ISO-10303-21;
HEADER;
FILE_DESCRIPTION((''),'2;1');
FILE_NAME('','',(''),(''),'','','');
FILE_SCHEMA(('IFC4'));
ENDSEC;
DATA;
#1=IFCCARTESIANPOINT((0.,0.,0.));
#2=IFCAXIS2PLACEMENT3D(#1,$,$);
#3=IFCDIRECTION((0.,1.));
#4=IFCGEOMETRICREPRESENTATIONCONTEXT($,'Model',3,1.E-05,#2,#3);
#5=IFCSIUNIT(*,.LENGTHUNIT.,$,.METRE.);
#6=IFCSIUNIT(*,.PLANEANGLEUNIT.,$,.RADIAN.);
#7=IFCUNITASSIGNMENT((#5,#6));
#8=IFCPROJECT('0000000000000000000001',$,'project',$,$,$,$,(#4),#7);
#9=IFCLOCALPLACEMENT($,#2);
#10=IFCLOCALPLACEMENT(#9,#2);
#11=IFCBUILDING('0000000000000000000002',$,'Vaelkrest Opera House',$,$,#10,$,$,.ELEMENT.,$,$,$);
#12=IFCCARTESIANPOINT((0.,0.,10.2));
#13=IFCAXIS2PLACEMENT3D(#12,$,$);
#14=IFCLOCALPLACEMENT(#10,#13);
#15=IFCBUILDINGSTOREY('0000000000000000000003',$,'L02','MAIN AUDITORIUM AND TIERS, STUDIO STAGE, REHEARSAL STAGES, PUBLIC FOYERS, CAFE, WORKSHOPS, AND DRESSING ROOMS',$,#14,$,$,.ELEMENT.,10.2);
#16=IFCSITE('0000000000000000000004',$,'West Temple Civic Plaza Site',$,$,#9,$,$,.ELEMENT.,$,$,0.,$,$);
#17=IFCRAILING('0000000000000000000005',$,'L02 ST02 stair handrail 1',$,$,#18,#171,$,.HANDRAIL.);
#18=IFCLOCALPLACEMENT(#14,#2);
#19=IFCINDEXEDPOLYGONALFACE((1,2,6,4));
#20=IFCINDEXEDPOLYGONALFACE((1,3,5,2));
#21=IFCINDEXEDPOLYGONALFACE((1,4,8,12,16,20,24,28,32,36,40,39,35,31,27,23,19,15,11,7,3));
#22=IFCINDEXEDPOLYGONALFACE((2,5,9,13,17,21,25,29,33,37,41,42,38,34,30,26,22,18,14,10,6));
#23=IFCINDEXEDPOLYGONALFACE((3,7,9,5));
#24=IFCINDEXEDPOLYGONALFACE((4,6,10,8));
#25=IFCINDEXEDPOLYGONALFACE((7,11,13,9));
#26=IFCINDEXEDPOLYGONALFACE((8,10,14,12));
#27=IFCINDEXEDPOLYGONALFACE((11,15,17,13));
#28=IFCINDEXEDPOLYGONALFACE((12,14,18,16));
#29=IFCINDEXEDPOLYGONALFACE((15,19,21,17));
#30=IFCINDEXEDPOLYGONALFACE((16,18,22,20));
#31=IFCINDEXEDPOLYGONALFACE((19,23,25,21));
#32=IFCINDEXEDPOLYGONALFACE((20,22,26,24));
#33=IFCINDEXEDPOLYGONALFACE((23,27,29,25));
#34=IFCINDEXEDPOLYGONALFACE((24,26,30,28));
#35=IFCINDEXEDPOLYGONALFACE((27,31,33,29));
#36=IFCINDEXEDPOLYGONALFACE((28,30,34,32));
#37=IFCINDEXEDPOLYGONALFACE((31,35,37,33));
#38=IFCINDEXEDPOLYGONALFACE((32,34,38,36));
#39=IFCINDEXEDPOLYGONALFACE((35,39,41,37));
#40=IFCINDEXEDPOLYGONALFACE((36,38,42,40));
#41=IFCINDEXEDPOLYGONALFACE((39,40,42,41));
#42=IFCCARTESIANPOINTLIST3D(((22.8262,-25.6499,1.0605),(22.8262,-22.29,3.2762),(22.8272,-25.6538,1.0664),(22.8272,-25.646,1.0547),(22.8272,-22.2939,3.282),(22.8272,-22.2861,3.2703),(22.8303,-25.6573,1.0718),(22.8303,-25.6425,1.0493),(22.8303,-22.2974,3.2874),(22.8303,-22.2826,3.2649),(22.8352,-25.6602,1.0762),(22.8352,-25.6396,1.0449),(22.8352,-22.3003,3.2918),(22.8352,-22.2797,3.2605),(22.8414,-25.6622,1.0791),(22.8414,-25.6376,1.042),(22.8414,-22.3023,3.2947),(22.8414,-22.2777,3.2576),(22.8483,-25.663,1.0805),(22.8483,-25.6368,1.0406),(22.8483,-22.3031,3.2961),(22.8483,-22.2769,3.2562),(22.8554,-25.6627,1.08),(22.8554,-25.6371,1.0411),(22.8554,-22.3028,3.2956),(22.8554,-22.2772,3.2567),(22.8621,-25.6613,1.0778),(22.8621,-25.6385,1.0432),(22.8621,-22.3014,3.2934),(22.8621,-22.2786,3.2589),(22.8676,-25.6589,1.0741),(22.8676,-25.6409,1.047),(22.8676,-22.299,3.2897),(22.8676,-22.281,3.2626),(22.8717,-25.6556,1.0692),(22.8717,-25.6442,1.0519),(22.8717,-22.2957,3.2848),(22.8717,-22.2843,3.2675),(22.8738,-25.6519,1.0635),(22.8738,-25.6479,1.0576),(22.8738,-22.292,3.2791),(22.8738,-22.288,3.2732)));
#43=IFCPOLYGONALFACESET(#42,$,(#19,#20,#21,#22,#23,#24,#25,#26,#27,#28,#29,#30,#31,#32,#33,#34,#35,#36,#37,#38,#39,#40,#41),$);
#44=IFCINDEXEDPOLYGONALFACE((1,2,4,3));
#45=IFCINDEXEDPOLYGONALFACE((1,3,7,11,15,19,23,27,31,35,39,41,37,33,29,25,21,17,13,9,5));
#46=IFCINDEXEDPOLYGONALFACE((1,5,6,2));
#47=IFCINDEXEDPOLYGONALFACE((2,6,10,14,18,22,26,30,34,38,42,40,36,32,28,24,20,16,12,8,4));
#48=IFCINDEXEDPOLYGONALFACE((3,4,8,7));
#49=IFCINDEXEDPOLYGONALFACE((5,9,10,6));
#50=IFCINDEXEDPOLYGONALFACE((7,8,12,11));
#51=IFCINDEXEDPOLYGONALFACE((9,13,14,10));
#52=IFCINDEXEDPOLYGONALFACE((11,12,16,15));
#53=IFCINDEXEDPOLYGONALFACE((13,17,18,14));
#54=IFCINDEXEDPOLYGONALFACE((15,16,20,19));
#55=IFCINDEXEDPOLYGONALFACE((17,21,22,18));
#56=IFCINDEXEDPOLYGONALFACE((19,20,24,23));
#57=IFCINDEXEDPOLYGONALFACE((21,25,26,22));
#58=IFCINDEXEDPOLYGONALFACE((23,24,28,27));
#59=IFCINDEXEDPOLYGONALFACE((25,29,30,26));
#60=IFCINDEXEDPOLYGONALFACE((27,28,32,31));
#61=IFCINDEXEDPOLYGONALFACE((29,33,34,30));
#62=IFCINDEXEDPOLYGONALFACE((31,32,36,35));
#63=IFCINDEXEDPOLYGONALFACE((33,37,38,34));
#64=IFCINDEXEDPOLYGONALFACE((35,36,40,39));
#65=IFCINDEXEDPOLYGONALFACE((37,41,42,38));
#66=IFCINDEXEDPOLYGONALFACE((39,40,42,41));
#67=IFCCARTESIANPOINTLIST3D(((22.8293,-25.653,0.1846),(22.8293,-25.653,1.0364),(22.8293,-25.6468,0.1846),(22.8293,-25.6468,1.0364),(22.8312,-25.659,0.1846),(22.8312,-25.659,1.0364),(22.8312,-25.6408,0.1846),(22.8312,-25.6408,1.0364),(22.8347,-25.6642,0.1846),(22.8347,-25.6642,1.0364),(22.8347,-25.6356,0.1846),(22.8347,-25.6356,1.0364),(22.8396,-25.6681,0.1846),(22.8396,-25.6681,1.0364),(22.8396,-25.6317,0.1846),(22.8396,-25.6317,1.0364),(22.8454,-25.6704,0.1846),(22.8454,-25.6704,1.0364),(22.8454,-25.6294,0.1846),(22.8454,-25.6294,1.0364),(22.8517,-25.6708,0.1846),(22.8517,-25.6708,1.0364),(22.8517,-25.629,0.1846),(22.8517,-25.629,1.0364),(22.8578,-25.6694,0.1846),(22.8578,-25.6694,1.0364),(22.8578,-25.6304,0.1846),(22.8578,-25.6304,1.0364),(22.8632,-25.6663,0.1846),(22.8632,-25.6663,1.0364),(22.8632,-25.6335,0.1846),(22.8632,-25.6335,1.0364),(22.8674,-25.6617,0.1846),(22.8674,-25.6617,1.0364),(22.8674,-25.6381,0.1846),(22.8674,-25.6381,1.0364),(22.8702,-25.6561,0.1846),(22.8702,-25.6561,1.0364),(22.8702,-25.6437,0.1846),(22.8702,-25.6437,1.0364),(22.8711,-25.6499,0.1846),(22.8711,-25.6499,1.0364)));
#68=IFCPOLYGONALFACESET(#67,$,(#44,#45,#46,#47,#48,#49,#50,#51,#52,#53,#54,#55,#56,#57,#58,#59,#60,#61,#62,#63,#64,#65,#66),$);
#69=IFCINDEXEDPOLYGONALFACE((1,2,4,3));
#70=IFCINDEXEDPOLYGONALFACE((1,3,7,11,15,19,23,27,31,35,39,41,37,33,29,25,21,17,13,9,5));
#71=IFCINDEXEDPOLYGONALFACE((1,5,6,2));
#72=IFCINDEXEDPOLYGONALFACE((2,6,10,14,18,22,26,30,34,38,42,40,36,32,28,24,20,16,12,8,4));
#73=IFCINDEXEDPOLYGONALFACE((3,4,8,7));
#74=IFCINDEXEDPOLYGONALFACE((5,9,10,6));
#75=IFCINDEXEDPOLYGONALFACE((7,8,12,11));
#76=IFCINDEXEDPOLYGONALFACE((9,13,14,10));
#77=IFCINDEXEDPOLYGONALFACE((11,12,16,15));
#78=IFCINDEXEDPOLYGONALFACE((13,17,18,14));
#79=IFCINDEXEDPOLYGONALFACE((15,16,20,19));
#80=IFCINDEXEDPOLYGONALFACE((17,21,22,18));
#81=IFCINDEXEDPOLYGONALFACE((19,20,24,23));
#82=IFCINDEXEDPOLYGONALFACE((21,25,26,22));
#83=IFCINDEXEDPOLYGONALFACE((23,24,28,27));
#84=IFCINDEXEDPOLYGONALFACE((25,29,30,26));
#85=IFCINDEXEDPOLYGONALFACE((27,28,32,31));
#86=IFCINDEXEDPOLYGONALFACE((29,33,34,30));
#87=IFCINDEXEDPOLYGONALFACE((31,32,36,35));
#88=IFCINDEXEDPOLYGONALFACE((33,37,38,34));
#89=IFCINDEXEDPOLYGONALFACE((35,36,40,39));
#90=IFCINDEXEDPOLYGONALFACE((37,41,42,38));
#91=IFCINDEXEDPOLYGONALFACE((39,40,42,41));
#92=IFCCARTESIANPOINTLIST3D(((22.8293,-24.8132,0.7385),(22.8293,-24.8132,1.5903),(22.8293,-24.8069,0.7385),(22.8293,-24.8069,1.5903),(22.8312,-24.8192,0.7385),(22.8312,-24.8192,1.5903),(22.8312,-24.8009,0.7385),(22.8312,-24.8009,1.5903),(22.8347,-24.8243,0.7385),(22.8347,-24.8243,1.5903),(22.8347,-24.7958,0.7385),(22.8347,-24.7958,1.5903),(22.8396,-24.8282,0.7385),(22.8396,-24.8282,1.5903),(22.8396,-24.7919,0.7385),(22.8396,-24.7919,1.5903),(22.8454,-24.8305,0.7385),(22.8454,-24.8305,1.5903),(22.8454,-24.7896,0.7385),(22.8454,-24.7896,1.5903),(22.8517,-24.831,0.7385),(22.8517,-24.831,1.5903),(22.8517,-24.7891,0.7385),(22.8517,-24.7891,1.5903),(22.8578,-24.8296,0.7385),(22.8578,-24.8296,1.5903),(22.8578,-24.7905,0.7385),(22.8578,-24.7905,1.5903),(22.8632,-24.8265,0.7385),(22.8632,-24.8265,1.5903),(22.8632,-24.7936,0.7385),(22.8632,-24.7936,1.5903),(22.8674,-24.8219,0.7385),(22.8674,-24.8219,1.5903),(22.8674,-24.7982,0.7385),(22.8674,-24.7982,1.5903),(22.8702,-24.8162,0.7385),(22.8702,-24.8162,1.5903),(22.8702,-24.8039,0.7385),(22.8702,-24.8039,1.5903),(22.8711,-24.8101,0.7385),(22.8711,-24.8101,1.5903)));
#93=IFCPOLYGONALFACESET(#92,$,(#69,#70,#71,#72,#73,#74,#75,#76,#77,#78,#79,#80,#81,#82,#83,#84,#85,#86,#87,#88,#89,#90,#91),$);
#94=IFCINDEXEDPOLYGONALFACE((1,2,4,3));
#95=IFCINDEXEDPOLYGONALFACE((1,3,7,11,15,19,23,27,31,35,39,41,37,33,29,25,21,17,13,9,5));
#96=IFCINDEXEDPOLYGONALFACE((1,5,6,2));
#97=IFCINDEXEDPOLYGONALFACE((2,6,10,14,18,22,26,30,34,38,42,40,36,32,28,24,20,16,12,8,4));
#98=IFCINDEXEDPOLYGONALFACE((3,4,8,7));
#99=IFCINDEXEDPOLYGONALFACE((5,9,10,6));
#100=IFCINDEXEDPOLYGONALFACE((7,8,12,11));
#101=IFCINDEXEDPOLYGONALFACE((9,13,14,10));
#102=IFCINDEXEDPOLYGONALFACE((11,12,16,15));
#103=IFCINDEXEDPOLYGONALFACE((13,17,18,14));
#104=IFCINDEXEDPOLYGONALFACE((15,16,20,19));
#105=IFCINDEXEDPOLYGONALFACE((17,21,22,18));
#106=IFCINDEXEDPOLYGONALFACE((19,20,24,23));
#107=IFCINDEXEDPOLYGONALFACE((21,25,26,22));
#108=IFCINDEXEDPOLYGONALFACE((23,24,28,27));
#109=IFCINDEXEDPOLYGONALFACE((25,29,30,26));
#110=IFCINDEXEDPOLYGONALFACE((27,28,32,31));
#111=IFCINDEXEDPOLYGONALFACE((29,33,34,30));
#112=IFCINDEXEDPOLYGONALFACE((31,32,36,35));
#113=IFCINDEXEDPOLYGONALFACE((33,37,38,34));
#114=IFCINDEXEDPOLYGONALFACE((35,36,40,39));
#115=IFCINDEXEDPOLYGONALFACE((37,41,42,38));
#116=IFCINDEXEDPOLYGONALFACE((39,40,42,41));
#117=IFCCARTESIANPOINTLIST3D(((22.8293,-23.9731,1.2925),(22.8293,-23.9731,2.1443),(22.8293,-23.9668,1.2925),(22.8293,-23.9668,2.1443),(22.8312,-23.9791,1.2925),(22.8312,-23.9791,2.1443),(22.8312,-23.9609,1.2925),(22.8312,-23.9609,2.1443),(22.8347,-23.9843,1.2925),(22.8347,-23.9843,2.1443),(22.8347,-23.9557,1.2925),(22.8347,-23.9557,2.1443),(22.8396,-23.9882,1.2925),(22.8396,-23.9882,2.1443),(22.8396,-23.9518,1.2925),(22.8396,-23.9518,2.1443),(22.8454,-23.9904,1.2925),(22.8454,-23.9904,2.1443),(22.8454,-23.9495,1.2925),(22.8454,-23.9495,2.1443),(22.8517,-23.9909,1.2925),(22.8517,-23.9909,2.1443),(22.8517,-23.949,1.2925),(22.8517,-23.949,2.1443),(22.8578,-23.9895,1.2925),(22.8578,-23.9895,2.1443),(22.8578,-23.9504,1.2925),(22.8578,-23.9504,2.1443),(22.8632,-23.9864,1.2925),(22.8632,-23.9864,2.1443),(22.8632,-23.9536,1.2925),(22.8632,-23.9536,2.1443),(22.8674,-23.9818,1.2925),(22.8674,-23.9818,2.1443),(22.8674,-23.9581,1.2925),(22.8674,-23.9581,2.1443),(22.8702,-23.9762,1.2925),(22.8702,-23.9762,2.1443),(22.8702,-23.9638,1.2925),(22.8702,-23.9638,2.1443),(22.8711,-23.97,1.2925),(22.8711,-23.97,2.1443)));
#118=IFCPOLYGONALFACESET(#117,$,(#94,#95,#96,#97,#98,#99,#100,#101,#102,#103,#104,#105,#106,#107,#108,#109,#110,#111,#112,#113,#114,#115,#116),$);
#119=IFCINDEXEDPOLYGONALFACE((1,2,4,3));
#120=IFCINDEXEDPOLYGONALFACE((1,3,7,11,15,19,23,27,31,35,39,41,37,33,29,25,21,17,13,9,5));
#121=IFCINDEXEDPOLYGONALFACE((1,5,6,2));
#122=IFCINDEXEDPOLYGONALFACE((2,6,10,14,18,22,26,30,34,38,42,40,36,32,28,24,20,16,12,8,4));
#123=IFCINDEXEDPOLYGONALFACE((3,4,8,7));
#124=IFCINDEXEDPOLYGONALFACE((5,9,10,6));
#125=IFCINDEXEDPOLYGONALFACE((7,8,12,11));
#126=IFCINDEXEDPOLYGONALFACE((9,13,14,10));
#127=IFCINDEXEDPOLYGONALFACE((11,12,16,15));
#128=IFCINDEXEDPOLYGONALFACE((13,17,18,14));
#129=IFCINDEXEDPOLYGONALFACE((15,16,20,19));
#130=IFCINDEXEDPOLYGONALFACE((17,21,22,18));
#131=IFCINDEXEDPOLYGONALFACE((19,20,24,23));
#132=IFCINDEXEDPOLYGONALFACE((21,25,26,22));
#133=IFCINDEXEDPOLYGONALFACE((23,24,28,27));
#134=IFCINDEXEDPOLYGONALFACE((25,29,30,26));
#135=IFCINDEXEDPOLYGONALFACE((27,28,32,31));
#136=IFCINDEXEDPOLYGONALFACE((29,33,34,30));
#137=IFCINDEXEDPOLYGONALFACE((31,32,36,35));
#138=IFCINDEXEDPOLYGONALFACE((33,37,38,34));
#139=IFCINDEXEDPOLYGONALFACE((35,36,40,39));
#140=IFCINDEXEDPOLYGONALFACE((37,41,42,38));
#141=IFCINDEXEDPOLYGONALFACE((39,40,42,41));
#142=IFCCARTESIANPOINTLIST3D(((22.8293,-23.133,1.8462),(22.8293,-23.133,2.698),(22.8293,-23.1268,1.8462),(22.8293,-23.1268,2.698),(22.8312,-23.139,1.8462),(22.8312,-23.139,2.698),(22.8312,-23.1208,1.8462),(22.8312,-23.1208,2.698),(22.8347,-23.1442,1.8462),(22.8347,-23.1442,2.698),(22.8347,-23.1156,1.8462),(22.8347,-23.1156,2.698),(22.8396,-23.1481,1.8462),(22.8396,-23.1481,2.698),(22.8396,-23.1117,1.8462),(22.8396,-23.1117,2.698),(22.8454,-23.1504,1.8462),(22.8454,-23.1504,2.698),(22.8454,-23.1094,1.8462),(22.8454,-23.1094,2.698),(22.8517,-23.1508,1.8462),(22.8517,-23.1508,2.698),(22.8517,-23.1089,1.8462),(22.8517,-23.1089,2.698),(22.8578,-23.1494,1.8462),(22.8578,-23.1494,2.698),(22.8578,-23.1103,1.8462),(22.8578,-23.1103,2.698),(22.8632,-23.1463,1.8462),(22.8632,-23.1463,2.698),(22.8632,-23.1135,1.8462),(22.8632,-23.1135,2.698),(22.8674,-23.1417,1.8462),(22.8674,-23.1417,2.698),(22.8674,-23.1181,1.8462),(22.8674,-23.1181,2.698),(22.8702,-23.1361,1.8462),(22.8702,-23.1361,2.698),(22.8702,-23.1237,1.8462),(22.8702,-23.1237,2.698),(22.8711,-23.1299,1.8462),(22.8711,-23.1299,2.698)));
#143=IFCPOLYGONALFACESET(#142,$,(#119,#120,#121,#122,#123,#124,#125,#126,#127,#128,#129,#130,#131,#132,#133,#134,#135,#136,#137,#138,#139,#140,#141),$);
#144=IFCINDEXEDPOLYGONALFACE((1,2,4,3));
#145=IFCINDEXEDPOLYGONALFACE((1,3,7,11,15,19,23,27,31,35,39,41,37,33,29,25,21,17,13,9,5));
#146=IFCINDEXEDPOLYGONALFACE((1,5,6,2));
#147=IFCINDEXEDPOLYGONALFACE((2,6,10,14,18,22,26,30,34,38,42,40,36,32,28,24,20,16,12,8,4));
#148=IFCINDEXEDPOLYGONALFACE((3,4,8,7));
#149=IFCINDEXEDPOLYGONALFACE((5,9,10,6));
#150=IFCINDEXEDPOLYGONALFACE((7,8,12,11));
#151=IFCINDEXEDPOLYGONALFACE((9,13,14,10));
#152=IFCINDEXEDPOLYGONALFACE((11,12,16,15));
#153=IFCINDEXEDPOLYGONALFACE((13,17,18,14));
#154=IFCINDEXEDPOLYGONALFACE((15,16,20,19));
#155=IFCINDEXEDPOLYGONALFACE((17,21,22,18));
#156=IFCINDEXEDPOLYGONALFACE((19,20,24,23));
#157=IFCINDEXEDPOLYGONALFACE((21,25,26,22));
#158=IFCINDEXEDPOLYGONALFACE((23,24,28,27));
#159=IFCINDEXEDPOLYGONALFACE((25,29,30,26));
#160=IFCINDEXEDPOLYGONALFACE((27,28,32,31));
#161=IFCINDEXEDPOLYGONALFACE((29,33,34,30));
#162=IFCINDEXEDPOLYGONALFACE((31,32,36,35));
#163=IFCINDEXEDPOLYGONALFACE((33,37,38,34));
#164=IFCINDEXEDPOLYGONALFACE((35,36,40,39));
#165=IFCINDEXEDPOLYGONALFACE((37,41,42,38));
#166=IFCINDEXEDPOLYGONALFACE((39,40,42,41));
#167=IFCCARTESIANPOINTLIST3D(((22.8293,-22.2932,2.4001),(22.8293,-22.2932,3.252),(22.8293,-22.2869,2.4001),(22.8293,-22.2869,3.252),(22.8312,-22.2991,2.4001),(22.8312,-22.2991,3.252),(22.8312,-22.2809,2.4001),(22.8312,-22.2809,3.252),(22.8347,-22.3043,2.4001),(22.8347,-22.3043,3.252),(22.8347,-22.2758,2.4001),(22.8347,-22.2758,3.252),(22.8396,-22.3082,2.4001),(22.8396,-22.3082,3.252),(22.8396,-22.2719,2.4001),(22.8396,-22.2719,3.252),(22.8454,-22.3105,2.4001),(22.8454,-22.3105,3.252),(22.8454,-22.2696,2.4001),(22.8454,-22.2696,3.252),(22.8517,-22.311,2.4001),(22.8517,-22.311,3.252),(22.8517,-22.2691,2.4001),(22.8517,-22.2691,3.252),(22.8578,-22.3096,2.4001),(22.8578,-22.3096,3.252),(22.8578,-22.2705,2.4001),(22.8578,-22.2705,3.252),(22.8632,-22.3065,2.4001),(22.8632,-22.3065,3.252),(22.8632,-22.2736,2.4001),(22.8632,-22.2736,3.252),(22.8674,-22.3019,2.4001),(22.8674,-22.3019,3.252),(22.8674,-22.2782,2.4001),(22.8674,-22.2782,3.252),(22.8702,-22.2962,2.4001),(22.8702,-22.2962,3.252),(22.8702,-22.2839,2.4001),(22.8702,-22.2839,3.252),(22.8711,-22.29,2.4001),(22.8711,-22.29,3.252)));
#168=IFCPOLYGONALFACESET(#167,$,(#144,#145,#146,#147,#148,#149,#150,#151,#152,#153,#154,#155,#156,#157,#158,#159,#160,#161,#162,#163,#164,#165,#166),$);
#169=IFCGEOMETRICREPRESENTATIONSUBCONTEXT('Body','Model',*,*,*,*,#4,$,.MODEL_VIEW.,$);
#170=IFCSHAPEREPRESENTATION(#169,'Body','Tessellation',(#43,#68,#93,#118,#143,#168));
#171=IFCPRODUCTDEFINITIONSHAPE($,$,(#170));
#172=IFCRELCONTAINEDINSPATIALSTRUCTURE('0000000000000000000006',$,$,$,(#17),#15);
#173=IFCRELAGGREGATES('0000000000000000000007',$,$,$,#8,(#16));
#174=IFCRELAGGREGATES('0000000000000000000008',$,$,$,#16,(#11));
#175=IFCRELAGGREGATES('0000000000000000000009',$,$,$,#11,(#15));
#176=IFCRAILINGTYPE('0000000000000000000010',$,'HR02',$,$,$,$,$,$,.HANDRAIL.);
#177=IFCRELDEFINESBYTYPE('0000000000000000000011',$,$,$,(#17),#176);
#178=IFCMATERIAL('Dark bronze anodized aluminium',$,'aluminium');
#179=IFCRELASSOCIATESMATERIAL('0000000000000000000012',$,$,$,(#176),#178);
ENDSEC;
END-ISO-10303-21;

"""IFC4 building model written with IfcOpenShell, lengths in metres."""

from ifc_helpers import new_model, si_unit, direction, frame, origin, origin_2d, place, context, subcontext, project, spatial, circle, extrude, material, type_object, element, save


model = new_model("IFC4")

# Units and contexts
model_context = context("Model", 3, precision=1e-05, world=origin(), true_north=direction((0.0, 1.0)))
body_context = subcontext(model_context, "Body", "Model", "MODEL_VIEW")
ifc_project = project(units=[si_unit("LENGTHUNIT", "METRE"), si_unit("PLANEANGLEUNIT", "RADIAN")], contexts=[model_context])

# Site, building, storey
site_placement = place(None, origin())
site = spatial("IfcSite", under=ifc_project, at=site_placement, Name="West Temple Civic Plaza Site", CompositionType="ELEMENT", RefElevation=0.0)
building_placement = place(site_placement, origin())
building = spatial("IfcBuilding", under=site, at=building_placement, Name="Vaelkrest Opera House", CompositionType="ELEMENT")
storey_placement = place(building_placement, frame((0.0, 0.0, 10.2)))
storey = spatial("IfcBuildingStorey", under=building, at=storey_placement, Name="L02", Description="MAIN AUDITORIUM AND TIERS, STUDIO STAGE, REHEARSAL STAGES, PUBLIC FOYERS, CAFE, WORKSHOPS, AND DRESSING ROOMS", CompositionType="ELEMENT", Elevation=10.2)

# Railing
ifc_material_1 = material(Name="Dark bronze anodized aluminium", Category="aluminium")
railing_type_1 = type_object("IfcRailingType", Name="HR02", PredefinedType="HANDRAIL", material=ifc_material_1)
railing_1_placement = place(storey_placement, frame((22.8501, -25.6499, 0.1846)))
element("IfcRailing", 1, at=railing_1_placement, inside=storey, type_object=railing_type_1, Name="L02 ST02 stair handrail 1", PredefinedType="HANDRAIL", context=body_context, shape_type="SweptSolid", body=[
    extrude(circle(Radius=0.0239, at=origin_2d()), frame((0.0, 0.0, 0.876), z_axis=(0.0, 0.83483, 0.550508), x_axis=(-1.0, 0.0, 0.0)), (0.0, 0.0, 1.0), 4.0247),
    extrude(circle(Radius=0.021, at=origin_2d()), origin(), (0.0, 0.0, 1.0), 0.8518),
    extrude(circle(Radius=0.021, at=origin_2d()), frame((0.0, 0.8398, 0.554)), (0.0, 0.0, 1.0), 0.8518),
    extrude(circle(Radius=0.021, at=origin_2d()), frame((0.0, 1.6799, 1.1079)), (0.0, 0.0, 1.0), 0.8518),
    extrude(circle(Radius=0.021, at=origin_2d()), frame((0.0, 2.52, 1.6616)), (0.0, 0.0, 1.0), 0.8518),
    extrude(circle(Radius=0.021, at=origin_2d()), frame((0.0, 3.3599, 2.2156)), (0.0, 0.0, 1.0), 0.8518),
])

save(model, "model.ifc")
